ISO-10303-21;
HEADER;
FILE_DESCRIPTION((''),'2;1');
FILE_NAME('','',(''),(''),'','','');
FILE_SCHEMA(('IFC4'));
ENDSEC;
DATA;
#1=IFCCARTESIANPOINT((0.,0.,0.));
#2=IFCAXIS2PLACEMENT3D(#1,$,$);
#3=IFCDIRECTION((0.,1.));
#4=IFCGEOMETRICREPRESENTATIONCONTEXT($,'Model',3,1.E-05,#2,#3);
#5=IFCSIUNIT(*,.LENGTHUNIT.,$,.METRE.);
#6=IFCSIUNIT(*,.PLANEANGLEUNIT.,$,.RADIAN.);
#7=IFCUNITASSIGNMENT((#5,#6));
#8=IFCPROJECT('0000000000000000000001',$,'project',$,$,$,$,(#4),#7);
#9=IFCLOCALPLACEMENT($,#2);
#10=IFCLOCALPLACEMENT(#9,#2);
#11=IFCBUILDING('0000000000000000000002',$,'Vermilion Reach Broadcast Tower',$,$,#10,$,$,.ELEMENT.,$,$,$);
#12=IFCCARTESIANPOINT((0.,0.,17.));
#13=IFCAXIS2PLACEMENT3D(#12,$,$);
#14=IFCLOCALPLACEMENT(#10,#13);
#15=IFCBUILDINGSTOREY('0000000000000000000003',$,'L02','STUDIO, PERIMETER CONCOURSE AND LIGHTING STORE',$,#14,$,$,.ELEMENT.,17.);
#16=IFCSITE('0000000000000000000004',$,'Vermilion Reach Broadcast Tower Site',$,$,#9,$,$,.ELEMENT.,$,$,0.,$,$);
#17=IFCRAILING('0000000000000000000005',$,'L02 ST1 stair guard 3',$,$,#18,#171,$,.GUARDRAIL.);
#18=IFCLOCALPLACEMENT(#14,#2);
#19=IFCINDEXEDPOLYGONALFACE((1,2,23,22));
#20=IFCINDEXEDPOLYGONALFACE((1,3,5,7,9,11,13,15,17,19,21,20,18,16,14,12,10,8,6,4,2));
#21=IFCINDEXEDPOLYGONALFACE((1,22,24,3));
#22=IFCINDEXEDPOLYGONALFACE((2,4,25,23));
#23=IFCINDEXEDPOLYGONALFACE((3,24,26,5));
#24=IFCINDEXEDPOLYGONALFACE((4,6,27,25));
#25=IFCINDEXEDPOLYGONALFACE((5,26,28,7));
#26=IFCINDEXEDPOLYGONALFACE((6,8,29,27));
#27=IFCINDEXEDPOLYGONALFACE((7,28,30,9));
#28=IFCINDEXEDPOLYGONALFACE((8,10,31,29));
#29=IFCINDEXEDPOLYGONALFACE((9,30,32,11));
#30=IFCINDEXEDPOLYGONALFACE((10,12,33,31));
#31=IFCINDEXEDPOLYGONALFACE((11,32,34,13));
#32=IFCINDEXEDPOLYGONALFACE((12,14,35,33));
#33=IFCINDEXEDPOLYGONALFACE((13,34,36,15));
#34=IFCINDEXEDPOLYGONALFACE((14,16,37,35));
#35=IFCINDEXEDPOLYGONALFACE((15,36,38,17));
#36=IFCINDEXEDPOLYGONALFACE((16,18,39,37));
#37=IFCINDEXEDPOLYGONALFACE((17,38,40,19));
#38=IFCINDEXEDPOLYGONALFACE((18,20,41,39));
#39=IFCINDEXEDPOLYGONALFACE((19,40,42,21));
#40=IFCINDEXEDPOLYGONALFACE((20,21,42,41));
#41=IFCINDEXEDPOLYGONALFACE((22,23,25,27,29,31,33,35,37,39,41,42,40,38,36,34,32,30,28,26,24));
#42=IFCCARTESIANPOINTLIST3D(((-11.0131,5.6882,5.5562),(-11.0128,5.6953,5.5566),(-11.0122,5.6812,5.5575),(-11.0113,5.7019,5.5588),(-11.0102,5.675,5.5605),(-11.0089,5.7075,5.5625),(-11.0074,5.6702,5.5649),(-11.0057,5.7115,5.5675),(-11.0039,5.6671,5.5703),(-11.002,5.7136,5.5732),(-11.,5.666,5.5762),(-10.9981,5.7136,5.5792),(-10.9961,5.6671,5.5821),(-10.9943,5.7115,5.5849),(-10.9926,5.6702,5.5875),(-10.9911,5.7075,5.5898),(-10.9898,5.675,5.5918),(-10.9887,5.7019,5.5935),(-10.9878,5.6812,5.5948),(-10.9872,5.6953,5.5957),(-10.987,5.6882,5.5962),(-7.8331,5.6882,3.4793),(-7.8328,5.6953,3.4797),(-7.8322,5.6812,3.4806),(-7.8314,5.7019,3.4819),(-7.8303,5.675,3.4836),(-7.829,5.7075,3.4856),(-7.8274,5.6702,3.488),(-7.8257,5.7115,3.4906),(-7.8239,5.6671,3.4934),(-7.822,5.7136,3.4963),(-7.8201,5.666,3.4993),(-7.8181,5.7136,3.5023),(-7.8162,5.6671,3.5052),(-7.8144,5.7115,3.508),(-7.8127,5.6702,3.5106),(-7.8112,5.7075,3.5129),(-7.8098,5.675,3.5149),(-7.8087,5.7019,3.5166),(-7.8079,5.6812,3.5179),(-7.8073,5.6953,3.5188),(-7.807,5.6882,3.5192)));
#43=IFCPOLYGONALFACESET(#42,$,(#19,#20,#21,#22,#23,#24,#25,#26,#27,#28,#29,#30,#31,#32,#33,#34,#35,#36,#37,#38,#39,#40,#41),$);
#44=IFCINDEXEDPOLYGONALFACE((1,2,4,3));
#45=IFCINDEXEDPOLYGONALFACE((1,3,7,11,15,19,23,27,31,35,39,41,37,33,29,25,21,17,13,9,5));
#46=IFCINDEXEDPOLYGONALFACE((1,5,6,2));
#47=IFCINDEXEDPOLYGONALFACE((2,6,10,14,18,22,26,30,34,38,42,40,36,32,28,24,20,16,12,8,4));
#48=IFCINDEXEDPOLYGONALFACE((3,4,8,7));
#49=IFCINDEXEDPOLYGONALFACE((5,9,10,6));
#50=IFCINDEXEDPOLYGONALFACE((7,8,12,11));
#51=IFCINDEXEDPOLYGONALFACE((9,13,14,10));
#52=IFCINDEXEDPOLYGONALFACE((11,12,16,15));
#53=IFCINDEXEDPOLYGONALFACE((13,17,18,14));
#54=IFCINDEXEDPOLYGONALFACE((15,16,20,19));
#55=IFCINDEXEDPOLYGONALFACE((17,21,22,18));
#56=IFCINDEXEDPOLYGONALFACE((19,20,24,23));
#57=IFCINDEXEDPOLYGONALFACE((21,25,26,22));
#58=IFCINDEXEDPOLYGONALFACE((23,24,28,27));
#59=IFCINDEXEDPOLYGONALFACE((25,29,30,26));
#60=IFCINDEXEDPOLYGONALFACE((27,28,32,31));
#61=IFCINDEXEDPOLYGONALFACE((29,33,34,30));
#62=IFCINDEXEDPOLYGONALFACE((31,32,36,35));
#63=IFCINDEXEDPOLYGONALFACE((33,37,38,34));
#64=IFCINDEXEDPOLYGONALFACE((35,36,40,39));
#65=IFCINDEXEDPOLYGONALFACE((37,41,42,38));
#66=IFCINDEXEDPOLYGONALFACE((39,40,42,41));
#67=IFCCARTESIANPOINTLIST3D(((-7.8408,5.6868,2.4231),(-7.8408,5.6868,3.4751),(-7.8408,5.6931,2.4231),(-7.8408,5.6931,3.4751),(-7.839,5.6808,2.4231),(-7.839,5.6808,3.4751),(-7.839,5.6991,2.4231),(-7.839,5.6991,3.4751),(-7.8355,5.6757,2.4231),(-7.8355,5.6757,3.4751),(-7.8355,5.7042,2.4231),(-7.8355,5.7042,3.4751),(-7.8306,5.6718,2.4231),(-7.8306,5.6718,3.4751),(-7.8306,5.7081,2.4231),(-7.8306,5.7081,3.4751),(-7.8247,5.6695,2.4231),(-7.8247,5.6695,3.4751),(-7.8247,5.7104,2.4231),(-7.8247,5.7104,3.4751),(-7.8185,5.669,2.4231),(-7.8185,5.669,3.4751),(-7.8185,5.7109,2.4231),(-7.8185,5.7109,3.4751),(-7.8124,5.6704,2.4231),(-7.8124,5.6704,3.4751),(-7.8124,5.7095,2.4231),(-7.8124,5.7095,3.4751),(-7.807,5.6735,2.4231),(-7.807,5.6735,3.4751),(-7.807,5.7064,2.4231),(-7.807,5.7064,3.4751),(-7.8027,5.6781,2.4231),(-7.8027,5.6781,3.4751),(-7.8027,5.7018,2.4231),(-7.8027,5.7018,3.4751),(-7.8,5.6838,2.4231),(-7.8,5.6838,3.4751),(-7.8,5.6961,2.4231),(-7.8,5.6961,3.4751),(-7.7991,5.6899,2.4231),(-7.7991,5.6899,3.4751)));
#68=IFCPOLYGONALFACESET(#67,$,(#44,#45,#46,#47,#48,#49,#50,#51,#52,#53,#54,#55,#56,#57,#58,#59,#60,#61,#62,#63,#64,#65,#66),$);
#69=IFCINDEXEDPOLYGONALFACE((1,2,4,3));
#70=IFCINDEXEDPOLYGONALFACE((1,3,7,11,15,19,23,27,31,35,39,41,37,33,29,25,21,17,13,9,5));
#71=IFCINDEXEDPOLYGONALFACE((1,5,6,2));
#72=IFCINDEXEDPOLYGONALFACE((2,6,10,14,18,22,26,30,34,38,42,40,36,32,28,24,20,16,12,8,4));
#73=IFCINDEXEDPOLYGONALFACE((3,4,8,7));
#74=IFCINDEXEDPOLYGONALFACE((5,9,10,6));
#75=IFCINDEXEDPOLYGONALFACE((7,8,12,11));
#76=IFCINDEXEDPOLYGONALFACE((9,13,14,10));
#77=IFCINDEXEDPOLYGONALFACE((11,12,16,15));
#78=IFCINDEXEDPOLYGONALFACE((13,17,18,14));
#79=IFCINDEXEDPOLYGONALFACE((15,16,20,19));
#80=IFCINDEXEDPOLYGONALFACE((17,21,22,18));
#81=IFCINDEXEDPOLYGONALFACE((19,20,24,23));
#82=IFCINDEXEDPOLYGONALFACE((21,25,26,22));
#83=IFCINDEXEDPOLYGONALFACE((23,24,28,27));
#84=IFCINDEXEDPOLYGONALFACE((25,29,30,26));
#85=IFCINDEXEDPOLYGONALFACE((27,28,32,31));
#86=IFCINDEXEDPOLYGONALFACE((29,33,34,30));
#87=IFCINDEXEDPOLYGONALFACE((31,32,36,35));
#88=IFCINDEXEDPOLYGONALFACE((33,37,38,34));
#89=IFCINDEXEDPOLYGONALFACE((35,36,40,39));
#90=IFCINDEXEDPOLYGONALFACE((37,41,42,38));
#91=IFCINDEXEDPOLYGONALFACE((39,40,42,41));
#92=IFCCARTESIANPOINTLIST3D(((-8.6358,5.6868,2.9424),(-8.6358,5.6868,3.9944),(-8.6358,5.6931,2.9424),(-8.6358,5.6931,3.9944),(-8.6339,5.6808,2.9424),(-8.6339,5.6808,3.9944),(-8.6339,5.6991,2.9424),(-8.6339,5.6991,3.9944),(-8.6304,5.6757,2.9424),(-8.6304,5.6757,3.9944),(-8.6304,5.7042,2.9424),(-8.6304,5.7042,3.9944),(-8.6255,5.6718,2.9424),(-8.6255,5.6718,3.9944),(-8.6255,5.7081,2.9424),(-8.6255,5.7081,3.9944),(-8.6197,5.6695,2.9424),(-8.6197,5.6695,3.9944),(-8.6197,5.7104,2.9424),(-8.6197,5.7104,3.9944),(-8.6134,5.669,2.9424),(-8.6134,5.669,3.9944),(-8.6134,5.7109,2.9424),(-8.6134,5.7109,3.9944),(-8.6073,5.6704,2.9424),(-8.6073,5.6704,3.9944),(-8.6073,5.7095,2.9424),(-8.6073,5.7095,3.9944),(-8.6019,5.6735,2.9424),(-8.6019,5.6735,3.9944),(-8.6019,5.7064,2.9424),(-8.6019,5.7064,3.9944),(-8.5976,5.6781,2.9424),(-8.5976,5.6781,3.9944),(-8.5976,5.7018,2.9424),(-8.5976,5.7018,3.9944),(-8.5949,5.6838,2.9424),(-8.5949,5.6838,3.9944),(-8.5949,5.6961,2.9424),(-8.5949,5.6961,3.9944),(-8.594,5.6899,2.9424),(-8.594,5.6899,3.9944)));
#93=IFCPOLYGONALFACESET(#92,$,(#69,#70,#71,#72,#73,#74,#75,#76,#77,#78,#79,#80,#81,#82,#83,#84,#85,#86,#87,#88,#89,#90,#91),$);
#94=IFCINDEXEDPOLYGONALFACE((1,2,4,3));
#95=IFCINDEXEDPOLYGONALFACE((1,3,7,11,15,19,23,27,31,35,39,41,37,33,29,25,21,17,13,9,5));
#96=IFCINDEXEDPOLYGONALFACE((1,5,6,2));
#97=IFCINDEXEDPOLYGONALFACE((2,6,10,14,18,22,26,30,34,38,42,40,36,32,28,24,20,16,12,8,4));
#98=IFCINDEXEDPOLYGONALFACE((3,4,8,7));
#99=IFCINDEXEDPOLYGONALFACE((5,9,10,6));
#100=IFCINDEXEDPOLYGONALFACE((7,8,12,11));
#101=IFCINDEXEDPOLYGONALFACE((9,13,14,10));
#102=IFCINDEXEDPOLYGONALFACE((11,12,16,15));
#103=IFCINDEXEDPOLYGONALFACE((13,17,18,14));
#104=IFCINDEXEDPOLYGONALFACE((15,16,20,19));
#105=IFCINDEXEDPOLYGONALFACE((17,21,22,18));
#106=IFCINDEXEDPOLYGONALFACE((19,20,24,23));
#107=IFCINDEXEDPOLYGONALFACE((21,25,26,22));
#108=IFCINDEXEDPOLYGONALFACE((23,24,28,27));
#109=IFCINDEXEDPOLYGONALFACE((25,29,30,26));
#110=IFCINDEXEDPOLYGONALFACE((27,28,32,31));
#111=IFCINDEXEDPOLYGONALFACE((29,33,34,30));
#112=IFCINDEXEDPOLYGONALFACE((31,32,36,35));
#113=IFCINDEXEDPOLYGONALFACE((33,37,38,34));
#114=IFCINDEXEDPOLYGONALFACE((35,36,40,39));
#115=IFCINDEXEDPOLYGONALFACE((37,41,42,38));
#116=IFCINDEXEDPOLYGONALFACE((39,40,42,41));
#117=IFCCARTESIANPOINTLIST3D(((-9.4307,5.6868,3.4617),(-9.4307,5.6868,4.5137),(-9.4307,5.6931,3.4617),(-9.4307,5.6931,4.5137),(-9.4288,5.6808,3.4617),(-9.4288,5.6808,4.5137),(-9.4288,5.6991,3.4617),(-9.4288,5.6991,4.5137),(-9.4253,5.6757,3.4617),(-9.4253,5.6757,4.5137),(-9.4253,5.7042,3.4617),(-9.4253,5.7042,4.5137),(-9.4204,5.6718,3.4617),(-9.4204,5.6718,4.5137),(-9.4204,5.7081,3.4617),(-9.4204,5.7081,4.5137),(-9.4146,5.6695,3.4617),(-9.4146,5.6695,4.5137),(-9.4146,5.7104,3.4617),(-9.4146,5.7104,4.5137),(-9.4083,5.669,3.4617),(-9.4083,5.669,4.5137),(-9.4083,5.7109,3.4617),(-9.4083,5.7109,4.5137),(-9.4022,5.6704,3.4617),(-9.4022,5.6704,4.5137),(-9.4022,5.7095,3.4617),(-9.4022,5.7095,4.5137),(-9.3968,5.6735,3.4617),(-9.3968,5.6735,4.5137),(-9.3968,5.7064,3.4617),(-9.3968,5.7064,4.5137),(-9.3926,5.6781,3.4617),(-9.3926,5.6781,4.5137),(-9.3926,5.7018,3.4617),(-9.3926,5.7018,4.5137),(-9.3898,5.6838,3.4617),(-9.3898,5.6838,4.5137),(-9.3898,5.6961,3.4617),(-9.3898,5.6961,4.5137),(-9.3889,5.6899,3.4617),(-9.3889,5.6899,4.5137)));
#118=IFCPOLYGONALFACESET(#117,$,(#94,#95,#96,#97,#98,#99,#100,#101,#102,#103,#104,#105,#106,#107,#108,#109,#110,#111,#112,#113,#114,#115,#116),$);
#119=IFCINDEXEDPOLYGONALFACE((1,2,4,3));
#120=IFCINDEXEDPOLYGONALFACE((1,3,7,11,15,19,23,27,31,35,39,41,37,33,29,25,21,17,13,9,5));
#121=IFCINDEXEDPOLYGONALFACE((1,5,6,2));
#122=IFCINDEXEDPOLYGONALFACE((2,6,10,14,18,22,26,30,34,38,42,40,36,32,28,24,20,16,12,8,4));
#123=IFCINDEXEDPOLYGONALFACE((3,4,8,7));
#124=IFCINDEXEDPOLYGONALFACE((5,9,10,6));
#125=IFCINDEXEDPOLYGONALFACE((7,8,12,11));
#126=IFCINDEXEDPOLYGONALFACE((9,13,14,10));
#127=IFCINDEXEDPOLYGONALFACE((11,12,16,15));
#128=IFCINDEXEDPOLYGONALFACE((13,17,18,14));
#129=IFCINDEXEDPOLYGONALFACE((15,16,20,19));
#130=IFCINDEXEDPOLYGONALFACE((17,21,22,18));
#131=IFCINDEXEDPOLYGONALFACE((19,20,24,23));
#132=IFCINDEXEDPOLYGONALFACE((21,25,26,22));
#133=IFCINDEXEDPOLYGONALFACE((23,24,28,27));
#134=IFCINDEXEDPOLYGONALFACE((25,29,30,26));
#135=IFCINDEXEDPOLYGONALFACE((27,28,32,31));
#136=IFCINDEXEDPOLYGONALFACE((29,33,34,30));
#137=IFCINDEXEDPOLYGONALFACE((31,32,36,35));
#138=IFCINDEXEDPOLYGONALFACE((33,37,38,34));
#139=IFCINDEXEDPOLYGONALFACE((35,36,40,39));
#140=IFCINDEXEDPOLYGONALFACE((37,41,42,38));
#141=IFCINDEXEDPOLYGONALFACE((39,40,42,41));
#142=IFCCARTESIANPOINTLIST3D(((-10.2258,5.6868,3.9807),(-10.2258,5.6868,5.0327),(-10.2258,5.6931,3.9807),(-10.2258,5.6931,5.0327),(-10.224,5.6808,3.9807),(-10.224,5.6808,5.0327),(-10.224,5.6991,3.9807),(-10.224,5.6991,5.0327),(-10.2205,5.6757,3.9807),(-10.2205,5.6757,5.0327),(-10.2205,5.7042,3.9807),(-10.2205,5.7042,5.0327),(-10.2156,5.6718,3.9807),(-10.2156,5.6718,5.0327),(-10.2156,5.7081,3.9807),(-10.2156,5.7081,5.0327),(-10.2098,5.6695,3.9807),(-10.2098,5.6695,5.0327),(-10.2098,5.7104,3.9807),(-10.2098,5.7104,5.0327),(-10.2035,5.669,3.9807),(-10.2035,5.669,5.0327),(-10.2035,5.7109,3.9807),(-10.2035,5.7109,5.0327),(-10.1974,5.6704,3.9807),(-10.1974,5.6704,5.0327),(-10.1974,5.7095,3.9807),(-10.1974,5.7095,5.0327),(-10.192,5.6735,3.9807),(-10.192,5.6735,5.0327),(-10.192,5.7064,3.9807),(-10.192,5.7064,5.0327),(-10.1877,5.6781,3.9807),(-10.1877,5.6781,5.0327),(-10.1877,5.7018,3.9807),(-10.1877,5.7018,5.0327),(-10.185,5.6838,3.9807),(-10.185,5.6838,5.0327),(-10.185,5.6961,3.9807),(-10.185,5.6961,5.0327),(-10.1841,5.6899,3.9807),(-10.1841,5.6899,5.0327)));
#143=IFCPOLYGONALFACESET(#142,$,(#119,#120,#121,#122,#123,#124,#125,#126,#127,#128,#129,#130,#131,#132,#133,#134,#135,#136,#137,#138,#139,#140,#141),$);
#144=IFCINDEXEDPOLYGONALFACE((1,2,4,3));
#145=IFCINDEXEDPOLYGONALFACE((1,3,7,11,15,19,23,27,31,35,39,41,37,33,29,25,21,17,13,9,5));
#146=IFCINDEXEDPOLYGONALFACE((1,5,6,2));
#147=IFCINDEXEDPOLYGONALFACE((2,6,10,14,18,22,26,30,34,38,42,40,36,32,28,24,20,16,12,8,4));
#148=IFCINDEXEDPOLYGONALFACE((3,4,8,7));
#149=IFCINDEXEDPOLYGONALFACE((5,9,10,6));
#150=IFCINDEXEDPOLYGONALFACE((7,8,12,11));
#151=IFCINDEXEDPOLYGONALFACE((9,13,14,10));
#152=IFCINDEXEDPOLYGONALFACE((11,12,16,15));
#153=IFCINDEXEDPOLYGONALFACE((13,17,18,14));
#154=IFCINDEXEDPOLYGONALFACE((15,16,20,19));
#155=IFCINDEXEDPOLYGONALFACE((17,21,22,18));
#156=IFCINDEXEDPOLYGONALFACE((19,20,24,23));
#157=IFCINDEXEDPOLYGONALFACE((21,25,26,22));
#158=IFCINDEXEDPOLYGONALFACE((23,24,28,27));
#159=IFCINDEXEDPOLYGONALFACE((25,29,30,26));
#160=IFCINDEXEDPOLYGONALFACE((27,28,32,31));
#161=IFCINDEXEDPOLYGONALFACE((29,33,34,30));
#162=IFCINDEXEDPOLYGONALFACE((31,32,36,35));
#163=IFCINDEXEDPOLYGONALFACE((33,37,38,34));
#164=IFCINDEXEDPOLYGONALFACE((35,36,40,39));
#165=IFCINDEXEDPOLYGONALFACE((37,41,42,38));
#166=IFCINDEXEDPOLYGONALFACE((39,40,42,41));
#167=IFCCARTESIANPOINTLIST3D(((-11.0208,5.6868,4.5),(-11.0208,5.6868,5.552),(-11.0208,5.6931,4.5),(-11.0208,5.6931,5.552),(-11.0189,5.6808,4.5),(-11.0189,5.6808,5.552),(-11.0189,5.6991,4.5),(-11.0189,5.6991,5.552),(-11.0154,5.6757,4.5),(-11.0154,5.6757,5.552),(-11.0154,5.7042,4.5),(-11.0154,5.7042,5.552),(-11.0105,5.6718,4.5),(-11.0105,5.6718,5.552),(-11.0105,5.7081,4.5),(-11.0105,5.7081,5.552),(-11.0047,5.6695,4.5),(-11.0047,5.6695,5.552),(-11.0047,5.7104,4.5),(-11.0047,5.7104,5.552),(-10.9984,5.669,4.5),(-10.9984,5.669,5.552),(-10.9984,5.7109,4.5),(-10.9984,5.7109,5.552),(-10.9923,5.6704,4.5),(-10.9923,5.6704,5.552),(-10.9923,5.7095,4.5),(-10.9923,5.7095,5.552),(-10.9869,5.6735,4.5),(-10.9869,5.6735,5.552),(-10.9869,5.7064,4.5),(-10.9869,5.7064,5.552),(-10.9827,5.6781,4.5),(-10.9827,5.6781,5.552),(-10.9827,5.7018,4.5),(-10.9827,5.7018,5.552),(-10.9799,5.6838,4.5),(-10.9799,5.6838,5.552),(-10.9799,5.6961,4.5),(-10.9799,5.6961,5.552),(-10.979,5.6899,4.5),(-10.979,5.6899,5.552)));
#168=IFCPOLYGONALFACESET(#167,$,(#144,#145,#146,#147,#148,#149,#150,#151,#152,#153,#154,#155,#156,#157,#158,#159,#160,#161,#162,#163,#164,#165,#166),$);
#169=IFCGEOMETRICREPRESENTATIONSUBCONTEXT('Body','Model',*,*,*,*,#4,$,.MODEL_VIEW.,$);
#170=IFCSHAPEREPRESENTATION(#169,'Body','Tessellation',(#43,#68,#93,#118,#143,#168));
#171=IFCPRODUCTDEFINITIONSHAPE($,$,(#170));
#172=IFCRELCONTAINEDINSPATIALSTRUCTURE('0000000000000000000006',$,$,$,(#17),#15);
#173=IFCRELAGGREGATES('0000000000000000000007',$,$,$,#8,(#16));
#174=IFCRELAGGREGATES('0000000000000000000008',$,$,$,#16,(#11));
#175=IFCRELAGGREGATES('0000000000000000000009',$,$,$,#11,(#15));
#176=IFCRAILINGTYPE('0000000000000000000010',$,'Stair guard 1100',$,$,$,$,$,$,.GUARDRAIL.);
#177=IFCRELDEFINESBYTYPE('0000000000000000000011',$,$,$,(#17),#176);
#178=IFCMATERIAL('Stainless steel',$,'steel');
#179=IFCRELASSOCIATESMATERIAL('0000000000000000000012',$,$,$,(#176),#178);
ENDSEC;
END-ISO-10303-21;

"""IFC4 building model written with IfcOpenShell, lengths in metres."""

from ifc_helpers import new_model, si_unit, direction, frame, origin, origin_2d, place, context, subcontext, project, spatial, circle, extrude, material, type_object, element, save


model = new_model("IFC4")

# Units and contexts
model_context = context("Model", 3, precision=1e-05, world=origin(), true_north=direction((0.0, 1.0)))
body_context = subcontext(model_context, "Body", "Model", "MODEL_VIEW")
ifc_project = project(units=[si_unit("LENGTHUNIT", "METRE"), si_unit("PLANEANGLEUNIT", "RADIAN")], contexts=[model_context])

# Site, building, storey
site_placement = place(None, origin())
site = spatial("IfcSite", under=ifc_project, at=site_placement, Name="Vermilion Reach Broadcast Tower Site", CompositionType="ELEMENT", RefElevation=0.0)
building_placement = place(site_placement, origin())
building = spatial("IfcBuilding", under=site, at=building_placement, Name="Vermilion Reach Broadcast Tower", CompositionType="ELEMENT")
storey_placement = place(building_placement, frame((0.0, 0.0, 17.0)))
storey = spatial("IfcBuildingStorey", under=building, at=storey_placement, Name="L02", Description="STUDIO, PERIMETER CONCOURSE AND LIGHTING STORE", CompositionType="ELEMENT", Elevation=17.0)

# Railing
ifc_material_1 = material(Name="Stainless steel", Category="steel")
railing_type_1 = type_object("IfcRailingType", Name="Stair guard 1100", PredefinedType="GUARDRAIL", material=ifc_material_1)
railing_1_placement = place(storey_placement, frame((-7.8201, 5.6899, 2.4231)))
element("IfcRailing", 1, at=railing_1_placement, inside=storey, type_object=railing_type_1, Name="L02 ST1 stair guard 3", PredefinedType="GUARDRAIL", context=body_context, shape_type="SweptSolid", body=[
    extrude(circle(Radius=0.0239, at=origin_2d()), frame((0.0, 0.0, 1.0762), z_axis=(-0.837245, 0.0, 0.546828), x_axis=(0.0, -1.0, 0.0)), (0.0, 0.0, 1.0), 3.7981),
    extrude(circle(Radius=0.021, at=origin_2d()), origin(), (0.0, 0.0, 1.0), 1.052),
    extrude(circle(Radius=0.021, at=origin_2d()), frame((-0.7949, 0.0, 0.5193)), (0.0, 0.0, 1.0), 1.052),
    extrude(circle(Radius=0.021, at=origin_2d()), frame((-1.5898, 0.0, 1.0386)), (0.0, 0.0, 1.0), 1.052),
    extrude(circle(Radius=0.021, at=origin_2d()), frame((-2.385, 0.0, 1.5576)), (0.0, 0.0, 1.0), 1.052),
    extrude(circle(Radius=0.021, at=origin_2d()), frame((-3.1799, 0.0, 2.0769)), (0.0, 0.0, 1.0), 1.052),
])

save(model, "model.ifc")
